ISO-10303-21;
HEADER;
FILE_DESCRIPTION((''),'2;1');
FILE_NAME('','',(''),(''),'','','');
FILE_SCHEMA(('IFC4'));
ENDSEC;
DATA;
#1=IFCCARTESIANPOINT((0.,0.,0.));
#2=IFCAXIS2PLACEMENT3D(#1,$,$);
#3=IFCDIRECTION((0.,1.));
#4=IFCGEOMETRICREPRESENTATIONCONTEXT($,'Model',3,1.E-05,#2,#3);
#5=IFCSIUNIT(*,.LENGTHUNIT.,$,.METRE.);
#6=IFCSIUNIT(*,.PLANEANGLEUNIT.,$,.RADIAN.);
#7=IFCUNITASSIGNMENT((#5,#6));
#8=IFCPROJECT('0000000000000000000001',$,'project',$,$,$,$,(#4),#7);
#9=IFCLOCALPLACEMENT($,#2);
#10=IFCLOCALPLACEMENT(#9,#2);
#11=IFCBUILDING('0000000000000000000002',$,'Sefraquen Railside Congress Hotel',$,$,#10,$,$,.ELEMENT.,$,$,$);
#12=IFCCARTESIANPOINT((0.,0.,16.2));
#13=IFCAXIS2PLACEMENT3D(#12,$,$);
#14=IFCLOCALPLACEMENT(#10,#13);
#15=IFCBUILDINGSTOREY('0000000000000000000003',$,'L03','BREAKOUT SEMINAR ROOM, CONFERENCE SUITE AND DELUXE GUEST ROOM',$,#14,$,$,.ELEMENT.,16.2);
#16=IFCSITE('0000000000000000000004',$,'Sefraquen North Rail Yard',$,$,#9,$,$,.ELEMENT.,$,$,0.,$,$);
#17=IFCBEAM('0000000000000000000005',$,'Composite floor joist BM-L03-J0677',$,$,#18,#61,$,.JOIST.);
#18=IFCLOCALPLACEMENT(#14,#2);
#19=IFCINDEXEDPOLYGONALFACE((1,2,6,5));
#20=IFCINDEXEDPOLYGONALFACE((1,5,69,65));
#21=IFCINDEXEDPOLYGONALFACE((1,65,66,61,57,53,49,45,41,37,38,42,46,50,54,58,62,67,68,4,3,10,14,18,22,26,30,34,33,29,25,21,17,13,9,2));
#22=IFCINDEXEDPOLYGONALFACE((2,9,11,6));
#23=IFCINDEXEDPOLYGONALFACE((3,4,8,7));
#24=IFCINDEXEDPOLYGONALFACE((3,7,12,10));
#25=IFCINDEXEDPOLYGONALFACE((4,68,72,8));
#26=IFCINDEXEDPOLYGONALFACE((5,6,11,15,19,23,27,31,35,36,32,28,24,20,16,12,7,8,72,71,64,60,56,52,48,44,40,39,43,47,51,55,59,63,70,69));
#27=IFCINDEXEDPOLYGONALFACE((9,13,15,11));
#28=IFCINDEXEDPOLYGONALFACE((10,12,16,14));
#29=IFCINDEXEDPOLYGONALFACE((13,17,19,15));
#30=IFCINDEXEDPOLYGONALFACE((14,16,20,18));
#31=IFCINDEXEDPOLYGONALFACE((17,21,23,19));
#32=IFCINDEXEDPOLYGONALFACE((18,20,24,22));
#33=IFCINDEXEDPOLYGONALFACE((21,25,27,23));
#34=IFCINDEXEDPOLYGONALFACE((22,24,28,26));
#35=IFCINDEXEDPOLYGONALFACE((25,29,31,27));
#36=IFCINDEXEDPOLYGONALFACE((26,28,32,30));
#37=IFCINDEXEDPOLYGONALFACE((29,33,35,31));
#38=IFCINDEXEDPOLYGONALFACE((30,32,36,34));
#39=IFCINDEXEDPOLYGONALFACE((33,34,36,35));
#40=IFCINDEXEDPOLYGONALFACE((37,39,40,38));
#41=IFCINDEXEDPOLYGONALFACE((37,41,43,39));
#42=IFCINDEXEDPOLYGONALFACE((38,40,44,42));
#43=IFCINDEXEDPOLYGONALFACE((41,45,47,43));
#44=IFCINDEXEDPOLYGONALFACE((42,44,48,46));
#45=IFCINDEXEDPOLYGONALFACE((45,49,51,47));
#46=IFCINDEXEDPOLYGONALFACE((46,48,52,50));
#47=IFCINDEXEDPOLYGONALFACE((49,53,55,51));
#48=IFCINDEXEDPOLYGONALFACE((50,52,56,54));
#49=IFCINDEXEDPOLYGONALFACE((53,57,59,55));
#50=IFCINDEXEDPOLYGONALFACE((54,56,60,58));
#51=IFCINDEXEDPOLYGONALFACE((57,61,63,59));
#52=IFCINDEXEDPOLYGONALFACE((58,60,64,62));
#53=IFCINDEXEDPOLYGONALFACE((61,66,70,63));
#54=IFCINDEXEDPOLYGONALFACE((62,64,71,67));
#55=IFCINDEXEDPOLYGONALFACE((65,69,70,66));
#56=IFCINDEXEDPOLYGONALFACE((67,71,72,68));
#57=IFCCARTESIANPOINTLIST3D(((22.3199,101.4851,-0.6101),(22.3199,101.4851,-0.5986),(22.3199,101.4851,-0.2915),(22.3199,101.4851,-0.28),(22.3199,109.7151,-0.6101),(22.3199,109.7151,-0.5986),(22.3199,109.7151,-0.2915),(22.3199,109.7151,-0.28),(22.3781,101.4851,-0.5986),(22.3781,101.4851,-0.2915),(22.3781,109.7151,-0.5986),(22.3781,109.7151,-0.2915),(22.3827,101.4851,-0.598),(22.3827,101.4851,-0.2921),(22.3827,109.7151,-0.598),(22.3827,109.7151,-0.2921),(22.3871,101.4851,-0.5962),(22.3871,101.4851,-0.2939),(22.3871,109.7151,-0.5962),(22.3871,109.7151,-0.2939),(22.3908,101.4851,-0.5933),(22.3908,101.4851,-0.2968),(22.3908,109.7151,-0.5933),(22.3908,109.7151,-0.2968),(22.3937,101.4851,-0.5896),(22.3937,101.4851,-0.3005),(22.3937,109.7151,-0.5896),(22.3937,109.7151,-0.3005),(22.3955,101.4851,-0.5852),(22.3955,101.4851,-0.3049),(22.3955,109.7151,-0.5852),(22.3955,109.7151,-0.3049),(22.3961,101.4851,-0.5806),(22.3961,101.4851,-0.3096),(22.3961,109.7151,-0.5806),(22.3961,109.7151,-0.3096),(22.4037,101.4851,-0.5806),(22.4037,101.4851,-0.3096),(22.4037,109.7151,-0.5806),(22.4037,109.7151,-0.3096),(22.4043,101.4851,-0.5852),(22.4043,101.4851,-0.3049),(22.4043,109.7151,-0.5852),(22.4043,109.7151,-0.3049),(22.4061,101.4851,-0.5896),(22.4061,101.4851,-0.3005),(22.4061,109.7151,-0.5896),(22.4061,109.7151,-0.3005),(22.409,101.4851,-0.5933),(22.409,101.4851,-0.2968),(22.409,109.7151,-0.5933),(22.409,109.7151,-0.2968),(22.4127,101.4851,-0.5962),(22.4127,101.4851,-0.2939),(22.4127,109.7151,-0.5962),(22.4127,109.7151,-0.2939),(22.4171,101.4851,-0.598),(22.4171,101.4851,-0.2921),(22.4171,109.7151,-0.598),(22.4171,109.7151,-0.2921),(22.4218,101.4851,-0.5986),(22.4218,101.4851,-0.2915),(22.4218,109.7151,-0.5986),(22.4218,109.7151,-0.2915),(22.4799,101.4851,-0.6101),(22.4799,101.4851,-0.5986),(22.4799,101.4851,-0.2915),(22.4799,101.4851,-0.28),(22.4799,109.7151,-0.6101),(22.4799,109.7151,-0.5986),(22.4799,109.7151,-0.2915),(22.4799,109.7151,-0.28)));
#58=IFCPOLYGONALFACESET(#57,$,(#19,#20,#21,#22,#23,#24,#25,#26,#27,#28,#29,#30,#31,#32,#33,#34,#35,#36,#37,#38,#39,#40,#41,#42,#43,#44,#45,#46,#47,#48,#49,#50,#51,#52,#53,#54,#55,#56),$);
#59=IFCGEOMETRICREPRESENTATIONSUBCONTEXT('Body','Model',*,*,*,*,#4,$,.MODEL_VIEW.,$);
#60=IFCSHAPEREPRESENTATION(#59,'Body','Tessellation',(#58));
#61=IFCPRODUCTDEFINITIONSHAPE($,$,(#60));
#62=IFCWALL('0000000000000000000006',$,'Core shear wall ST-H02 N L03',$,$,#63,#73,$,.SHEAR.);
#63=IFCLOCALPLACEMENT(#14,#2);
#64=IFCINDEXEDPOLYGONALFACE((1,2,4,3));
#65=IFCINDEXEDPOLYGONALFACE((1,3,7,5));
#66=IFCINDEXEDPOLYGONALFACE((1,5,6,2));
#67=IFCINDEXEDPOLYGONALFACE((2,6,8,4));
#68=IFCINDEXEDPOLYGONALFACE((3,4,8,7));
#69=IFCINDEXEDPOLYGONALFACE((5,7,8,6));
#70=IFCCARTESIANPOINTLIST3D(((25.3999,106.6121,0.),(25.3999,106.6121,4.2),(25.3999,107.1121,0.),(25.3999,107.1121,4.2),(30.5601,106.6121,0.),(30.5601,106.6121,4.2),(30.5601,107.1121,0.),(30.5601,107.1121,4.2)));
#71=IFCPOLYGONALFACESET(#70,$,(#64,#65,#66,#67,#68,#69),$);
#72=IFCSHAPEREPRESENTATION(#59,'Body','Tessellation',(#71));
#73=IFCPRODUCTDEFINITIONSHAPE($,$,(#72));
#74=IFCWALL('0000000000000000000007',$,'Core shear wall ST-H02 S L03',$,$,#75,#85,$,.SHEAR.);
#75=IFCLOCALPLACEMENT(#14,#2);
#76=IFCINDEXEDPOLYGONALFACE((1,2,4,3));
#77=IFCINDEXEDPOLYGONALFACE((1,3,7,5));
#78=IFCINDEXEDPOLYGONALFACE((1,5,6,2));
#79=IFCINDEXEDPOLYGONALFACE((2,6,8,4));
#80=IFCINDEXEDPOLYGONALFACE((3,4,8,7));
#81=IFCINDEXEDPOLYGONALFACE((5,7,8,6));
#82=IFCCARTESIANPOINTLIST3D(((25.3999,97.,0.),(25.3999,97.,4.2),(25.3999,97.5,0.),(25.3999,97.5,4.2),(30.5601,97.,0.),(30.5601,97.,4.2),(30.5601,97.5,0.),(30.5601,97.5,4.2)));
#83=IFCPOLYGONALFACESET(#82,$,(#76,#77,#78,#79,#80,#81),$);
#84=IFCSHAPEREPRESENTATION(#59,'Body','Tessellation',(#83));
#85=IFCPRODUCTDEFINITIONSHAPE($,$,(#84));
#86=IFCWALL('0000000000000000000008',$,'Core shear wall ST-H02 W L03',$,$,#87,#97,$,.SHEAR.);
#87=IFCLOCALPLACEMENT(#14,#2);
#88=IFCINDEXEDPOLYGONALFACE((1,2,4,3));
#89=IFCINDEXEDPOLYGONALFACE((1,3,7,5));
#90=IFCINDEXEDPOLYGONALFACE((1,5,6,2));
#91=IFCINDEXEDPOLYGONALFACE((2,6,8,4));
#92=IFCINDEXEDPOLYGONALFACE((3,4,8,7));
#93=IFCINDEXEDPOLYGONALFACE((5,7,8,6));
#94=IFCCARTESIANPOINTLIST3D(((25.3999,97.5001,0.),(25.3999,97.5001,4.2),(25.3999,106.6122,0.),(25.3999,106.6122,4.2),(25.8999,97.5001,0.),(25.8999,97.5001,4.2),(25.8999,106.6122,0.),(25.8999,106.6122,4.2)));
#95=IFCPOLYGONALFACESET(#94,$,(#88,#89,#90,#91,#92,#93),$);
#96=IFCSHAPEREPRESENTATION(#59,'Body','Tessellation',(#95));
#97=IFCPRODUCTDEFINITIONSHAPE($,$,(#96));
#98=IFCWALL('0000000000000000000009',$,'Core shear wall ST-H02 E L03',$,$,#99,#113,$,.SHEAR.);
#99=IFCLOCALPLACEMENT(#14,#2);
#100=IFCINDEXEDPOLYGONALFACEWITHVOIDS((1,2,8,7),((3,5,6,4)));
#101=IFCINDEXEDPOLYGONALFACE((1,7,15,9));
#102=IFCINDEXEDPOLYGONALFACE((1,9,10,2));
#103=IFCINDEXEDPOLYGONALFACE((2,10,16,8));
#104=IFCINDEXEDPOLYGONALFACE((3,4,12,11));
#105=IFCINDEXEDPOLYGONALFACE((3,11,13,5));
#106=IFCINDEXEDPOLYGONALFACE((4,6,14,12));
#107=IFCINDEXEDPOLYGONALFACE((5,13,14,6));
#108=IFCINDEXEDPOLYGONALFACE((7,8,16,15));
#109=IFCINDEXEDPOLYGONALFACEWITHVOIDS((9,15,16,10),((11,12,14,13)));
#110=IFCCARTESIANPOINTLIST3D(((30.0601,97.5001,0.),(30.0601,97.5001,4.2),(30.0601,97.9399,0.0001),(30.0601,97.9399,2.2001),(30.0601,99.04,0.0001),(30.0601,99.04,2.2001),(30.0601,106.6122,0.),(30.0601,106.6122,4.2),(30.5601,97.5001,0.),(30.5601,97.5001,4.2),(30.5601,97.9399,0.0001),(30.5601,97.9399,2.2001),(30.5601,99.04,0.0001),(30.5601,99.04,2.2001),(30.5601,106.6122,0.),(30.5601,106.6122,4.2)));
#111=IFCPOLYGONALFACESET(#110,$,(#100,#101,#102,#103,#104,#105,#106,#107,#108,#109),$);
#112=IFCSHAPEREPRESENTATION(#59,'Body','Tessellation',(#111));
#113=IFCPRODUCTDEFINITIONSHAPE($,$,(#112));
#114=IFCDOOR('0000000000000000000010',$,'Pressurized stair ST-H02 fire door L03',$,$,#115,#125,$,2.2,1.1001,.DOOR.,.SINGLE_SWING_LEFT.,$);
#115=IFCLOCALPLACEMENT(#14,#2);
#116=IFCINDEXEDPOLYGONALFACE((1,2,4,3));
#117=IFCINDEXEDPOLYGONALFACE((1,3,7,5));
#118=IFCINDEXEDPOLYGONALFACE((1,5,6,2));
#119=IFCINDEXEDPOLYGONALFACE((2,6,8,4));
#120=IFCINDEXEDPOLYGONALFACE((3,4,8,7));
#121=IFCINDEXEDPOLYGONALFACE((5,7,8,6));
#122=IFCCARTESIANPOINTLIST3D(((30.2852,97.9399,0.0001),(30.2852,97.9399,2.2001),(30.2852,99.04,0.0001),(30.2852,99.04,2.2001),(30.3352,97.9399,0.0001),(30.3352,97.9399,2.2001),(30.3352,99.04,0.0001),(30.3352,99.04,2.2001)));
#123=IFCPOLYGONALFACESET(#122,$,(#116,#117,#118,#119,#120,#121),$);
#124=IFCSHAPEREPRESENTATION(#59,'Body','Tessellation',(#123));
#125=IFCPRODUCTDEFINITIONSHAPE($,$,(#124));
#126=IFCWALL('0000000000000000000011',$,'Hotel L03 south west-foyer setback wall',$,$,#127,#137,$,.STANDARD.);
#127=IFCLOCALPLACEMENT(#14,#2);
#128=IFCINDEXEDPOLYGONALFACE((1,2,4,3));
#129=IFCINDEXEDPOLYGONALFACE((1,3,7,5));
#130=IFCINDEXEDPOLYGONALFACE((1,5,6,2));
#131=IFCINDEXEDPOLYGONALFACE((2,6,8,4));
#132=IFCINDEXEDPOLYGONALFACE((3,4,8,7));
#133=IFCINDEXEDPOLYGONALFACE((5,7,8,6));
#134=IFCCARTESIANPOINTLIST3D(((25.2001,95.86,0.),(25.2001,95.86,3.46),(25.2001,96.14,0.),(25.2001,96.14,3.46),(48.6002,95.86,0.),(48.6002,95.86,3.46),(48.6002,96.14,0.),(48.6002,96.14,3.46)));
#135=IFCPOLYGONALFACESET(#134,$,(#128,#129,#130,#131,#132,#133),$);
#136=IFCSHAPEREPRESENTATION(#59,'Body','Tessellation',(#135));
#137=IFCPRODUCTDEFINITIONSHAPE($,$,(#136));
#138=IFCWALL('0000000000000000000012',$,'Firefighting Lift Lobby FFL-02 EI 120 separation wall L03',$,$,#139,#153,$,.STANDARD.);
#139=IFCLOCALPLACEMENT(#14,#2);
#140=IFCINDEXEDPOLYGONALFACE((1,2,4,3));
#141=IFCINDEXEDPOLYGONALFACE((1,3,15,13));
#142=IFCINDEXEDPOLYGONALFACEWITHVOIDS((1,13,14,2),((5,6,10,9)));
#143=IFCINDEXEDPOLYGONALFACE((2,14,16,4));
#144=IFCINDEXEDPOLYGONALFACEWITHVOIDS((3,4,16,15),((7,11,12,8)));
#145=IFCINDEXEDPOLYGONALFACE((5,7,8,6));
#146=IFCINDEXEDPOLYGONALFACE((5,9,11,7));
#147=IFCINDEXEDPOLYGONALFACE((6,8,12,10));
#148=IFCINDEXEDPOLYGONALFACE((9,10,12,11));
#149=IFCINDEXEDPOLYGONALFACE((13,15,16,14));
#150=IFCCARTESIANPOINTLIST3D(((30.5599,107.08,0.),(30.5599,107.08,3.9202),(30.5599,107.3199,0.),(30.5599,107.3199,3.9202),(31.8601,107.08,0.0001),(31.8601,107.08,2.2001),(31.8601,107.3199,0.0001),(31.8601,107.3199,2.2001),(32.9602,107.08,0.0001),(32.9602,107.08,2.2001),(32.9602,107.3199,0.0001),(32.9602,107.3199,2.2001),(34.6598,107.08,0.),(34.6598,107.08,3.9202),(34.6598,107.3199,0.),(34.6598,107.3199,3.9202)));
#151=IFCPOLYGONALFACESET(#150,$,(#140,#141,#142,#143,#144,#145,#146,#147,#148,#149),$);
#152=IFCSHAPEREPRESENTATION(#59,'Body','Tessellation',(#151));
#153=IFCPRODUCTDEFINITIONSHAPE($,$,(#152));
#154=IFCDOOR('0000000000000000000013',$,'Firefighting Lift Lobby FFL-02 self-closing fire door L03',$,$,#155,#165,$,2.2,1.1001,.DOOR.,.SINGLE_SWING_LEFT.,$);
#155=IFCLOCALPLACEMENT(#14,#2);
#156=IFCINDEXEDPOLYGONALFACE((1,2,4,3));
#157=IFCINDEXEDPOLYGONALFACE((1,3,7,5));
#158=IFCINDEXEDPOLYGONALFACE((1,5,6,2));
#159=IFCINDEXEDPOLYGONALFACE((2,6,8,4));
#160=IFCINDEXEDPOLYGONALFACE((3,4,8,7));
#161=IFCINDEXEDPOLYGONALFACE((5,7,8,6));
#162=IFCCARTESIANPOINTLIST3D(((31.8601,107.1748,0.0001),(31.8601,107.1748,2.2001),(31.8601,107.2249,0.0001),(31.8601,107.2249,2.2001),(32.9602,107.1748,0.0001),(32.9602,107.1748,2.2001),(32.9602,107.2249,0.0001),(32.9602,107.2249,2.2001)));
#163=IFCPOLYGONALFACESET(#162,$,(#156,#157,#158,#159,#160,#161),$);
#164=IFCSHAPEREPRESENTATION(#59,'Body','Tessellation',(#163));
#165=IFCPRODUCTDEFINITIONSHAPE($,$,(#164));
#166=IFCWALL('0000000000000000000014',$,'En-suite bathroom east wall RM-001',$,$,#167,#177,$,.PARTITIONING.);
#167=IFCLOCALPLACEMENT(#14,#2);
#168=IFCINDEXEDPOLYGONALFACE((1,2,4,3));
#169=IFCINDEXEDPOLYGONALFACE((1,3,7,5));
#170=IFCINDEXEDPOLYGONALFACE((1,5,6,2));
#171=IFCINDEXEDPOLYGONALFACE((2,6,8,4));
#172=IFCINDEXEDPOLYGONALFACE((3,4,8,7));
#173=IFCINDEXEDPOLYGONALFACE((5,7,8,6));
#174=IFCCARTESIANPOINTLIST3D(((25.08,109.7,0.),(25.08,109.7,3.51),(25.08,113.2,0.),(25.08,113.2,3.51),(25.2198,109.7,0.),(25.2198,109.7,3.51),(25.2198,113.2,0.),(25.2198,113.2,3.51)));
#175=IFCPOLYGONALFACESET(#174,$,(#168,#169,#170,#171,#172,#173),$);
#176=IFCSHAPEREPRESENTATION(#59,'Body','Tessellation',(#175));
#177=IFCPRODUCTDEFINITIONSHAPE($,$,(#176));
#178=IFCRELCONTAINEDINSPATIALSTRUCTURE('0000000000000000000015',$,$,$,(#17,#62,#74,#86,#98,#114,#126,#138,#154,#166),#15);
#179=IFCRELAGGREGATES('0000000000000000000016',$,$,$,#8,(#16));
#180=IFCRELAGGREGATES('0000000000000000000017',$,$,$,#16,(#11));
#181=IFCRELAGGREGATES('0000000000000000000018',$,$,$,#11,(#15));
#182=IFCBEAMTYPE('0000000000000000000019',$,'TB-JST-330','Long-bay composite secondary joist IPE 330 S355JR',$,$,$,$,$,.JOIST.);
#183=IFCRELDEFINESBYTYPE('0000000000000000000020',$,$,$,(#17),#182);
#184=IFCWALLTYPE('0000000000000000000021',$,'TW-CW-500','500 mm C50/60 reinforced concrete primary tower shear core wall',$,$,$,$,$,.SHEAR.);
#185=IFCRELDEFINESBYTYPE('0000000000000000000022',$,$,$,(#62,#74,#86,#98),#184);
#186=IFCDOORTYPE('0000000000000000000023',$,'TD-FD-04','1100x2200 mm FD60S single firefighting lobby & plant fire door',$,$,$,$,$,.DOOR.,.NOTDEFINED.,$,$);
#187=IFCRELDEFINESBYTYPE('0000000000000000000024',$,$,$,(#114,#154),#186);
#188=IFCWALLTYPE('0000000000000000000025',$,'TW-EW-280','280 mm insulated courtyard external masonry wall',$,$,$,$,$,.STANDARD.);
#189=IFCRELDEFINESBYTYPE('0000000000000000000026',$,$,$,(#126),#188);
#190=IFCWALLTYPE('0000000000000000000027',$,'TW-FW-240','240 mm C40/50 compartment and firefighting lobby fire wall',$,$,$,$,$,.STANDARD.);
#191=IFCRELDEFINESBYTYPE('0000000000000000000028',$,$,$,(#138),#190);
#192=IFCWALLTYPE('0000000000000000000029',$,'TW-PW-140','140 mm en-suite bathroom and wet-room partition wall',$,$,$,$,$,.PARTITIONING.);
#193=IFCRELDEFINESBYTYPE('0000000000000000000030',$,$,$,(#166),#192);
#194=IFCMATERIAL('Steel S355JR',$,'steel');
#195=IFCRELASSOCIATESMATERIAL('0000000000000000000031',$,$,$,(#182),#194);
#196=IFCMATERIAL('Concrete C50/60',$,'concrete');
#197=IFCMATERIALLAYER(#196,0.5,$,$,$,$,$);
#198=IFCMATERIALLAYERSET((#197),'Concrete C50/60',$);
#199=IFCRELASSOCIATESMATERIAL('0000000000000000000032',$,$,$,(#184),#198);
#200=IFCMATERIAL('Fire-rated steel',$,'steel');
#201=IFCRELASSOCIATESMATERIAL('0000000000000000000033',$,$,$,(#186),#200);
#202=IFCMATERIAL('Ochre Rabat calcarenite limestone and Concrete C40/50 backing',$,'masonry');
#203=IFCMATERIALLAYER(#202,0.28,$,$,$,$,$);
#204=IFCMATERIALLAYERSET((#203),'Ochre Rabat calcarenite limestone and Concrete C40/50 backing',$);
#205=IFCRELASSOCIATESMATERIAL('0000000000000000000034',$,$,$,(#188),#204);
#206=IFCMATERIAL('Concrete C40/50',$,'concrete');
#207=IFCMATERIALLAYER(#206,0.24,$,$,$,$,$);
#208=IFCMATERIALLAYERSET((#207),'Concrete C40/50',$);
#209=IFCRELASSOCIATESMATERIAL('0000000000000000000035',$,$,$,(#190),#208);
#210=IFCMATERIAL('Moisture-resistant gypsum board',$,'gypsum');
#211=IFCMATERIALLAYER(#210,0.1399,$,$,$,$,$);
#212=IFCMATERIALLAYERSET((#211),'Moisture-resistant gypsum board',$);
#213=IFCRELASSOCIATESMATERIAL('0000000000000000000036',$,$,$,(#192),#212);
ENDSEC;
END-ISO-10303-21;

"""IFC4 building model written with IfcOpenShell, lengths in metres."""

from ifc_helpers import new_model, si_unit, direction, frame, frame_2d, origin, origin_2d, place, context, subcontext, project, spatial, rectangle, i_section, extrude, material, layer, layer_set, material_profile, profile_set, type_object, element, fill, save


model = new_model("IFC4")

# Units and contexts
model_context = context("Model", 3, precision=1e-05, world=origin(), true_north=direction((0.0, 1.0)))
body_context = subcontext(model_context, "Body", "Model", "MODEL_VIEW")
ifc_project = project(units=[si_unit("LENGTHUNIT", "METRE"), si_unit("PLANEANGLEUNIT", "RADIAN")], contexts=[model_context])

# Site, building, storey
site_placement = place(None, origin())
site = spatial("IfcSite", under=ifc_project, at=site_placement, Name="Sefraquen North Rail Yard", CompositionType="ELEMENT", RefElevation=0.0)
building_placement = place(site_placement, origin())
building = spatial("IfcBuilding", under=site, at=building_placement, Name="Sefraquen Railside Congress Hotel", CompositionType="ELEMENT")
storey_placement = place(building_placement, frame((0.0, 0.0, 16.2)))
storey = spatial("IfcBuildingStorey", under=building, at=storey_placement, Name="L03", Description="BREAKOUT SEMINAR ROOM, CONFERENCE SUITE AND DELUXE GUEST ROOM", CompositionType="ELEMENT", Elevation=16.2)

# Shared definitions
ifc_material_1 = material(Name="Steel S355JR", Category="steel")

# Beam
ifc_material_profile_1 = material_profile(ifc_material_1, i_section(OverallWidth=0.1599, OverallDepth=0.3301, WebThickness=0.0076, FlangeThickness=0.0115, FilletRadius=0.0181, at=origin_2d()), Name="IPE 330")
ifc_profile_set_1 = profile_set([ifc_material_profile_1], Name="Steel S355JR")
beam_type_1 = type_object("IfcBeamType", Name="TB-JST-330", Description="Long-bay composite secondary joist IPE 330 S355JR", PredefinedType="JOIST", material=ifc_profile_set_1)
for number, where, z_axis, x_axis, name in (
    (1, (22.3999, 101.4851, -0.4451), (0.0, 1.0, 0.0), (-1.0, 0.0, 0.0), "Composite floor joist BM-L03-J0677"),
):
    element("IfcBeam", number, at=place(storey_placement, frame(where, z_axis=z_axis, x_axis=x_axis)), inside=storey, type_object=beam_type_1, Name=name, PredefinedType="JOIST", context=body_context, shape_type="SweptSolid", body=[
        extrude(i_section(OverallWidth=0.1599, OverallDepth=0.3301, WebThickness=0.0076, FlangeThickness=0.0115, FilletRadius=0.0181, at=origin_2d()), origin(), (0.0, 0.0, 1.0), 8.23),
    ])

# Walls
ifc_material_2 = material(Name="Concrete C50/60", Category="concrete")
ifc_layer_1 = layer(ifc_material_2, 0.5)
ifc_layer_set_1 = layer_set([ifc_layer_1], Name="Concrete C50/60")
wall_type_1 = type_object("IfcWallType", Name="TW-CW-500", Description="500 mm C50/60 reinforced concrete primary tower shear core wall", PredefinedType="SHEAR", material=ifc_layer_set_1)
for number, where, z_axis, x_axis, name in (
    (2, (25.3999, 106.8621, 0.0), (0.0, 0.0, 1.0), (1.0, 0.0, 0.0), "Core shear wall ST-H02 N L03"),
    (3, (25.3999, 97.25, 0.0), (0.0, 0.0, 1.0), (1.0, 0.0, 0.0), "Core shear wall ST-H02 S L03"),
):
    element("IfcWall", number, at=place(storey_placement, frame(where, z_axis=z_axis, x_axis=x_axis)), inside=storey, type_object=wall_type_1, Name=name, PredefinedType="SHEAR", context=body_context, shape_type="SweptSolid", body=[
        extrude(rectangle(XDim=5.1602, YDim=0.5, at=frame_2d((2.5801, 0.0))), origin(), (0.0, 0.0, 1.0), 4.2),
    ])
wall_1_placement = place(storey_placement, frame((25.6499, 97.5, 0.0), z_axis=(0.0, 0.0, 1.0), x_axis=(0.0, 1.0, 0.0)))
element("IfcWall", 4, at=wall_1_placement, inside=storey, type_object=wall_type_1, Name="Core shear wall ST-H02 W L03", PredefinedType="SHEAR", context=body_context, shape_type="SweptSolid", body=[
    extrude(rectangle(XDim=9.1121, YDim=0.5, at=frame_2d((4.5562, 0.0))), origin(), (0.0, 0.0, 1.0), 4.2),
])

# Wall, opening, door
wall_2_placement = place(storey_placement, frame((30.3101, 97.5, 0.0), z_axis=(0.0, 0.0, 1.0), x_axis=(0.0, 1.0, 0.0)))
wall_2 = element("IfcWall", 5, at=wall_2_placement, inside=storey, type_object=wall_type_1, Name="Core shear wall ST-H02 E L03", PredefinedType="SHEAR", context=body_context, shape_type="SweptSolid", body=[
    extrude(rectangle(XDim=9.1121, YDim=0.5, at=frame_2d((4.5562, 0.0))), origin(), (0.0, 0.0, 1.0), 4.2),
])
opening_1_placement = place(wall_2_placement, frame((0.4399, 0.0, 0.0)))
opening_1 = element("IfcOpeningElement", 6, at=opening_1_placement, cuts=wall_2, PredefinedType="OPENING", context=body_context, shape_type="SweptSolid", body=[
    extrude(rectangle(XDim=1.1001, YDim=2.2, at=frame_2d((0.55, 1.1001))), frame((0.0, 0.26, 0.0), z_axis=(0.0, -1.0, 0.0), x_axis=(1.0, 0.0, 0.0)), (0.0, 0.0, 1.0), 0.52),
])
ifc_material_3 = material(Name="Fire-rated steel", Category="steel")
door_type = type_object("IfcDoorType", Name="TD-FD-04", Description="1100x2200 mm FD60S single firefighting lobby & plant fire door", OperationType="NOTDEFINED", PredefinedType="DOOR", material=ifc_material_3)
door_1_placement = place(opening_1_placement, origin())
door_1 = element("IfcDoor", 7, at=door_1_placement, inside=storey, type_object=door_type, Name="Pressurized stair ST-H02 fire door L03", OperationType="SINGLE_SWING_LEFT", OverallHeight=2.2, OverallWidth=1.1001, PredefinedType="DOOR", context=body_context, shape_type="SweptSolid", body=[
    extrude(rectangle(XDim=1.1001, YDim=2.2, at=frame_2d((0.55, 1.1001))), frame((0.0, 0.0249, 0.0), z_axis=(0.0, -1.0, 0.0), x_axis=(1.0, 0.0, 0.0)), (0.0, 0.0, 1.0), 0.05),
])
fill(opening_1, door_1)

# Wall
ifc_material_4 = material(Name="Ochre Rabat calcarenite limestone and Concrete C40/50 backing", Category="masonry")
ifc_layer_2 = layer(ifc_material_4, 0.28)
ifc_layer_set_2 = layer_set([ifc_layer_2], Name="Ochre Rabat calcarenite limestone and Concrete C40/50 backing")
wall_type_2 = type_object("IfcWallType", Name="TW-EW-280", Description="280 mm insulated courtyard external masonry wall", PredefinedType="STANDARD", material=ifc_layer_set_2)
wall_3_placement = place(storey_placement, frame((25.2, 96.0, 0.0), z_axis=(0.0, 0.0, 1.0), x_axis=(1.0, 0.0, 0.0)))
element("IfcWall", 8, at=wall_3_placement, inside=storey, type_object=wall_type_2, Name="Hotel L03 south west-foyer setback wall", PredefinedType="STANDARD", context=body_context, shape_type="SweptSolid", body=[
    extrude(rectangle(XDim=23.4001, YDim=0.28, at=frame_2d((11.7002, 0.0))), origin(), (0.0, 0.0, 1.0), 3.46),
])

# Wall, opening, door
ifc_material_5 = material(Name="Concrete C40/50", Category="concrete")
ifc_layer_3 = layer(ifc_material_5, 0.24)
ifc_layer_set_3 = layer_set([ifc_layer_3], Name="Concrete C40/50")
wall_type_3 = type_object("IfcWallType", Name="TW-FW-240", Description="240 mm C40/50 compartment and firefighting lobby fire wall", PredefinedType="STANDARD", material=ifc_layer_set_3)
wall_4_placement = place(storey_placement, frame((30.5601, 107.2, 0.0), z_axis=(0.0, 0.0, 1.0), x_axis=(1.0, 0.0, 0.0)))
wall_4 = element("IfcWall", 9, at=wall_4_placement, inside=storey, type_object=wall_type_3, Name="Firefighting Lift Lobby FFL-02 EI 120 separation wall L03", PredefinedType="STANDARD", context=body_context, shape_type="SweptSolid", body=[
    extrude(rectangle(XDim=4.0999, YDim=0.24, at=frame_2d((2.0498, 0.0))), origin(), (0.0, 0.0, 1.0), 3.9202),
])
opening_2_placement = place(wall_4_placement, frame((1.3, 0.0, 0.0)))
opening_2 = element("IfcOpeningElement", 10, at=opening_2_placement, cuts=wall_4, PredefinedType="OPENING", context=body_context, shape_type="SweptSolid", body=[
    extrude(rectangle(XDim=1.1001, YDim=2.2, at=frame_2d((0.55, 1.1001))), frame((0.0, 0.1299, 0.0), z_axis=(0.0, -1.0, 0.0), x_axis=(1.0, 0.0, 0.0)), (0.0, 0.0, 1.0), 0.26),
])
door_2_placement = place(opening_2_placement, origin())
door_2 = element("IfcDoor", 11, at=door_2_placement, inside=storey, type_object=door_type, Name="Firefighting Lift Lobby FFL-02 self-closing fire door L03", OperationType="SINGLE_SWING_LEFT", OverallHeight=2.2, OverallWidth=1.1001, PredefinedType="DOOR", context=body_context, shape_type="SweptSolid", body=[
    extrude(rectangle(XDim=1.1001, YDim=2.2, at=frame_2d((0.55, 1.1001))), frame((0.0, 0.0249, 0.0), z_axis=(0.0, -1.0, 0.0), x_axis=(1.0, 0.0, 0.0)), (0.0, 0.0, 1.0), 0.05),
])
fill(opening_2, door_2)

# Wall
ifc_material_6 = material(Name="Moisture-resistant gypsum board", Category="gypsum")
ifc_layer_4 = layer(ifc_material_6, 0.1399)
ifc_layer_set_4 = layer_set([ifc_layer_4], Name="Moisture-resistant gypsum board")
wall_type_4 = type_object("IfcWallType", Name="TW-PW-140", Description="140 mm en-suite bathroom and wet-room partition wall", PredefinedType="PARTITIONING", material=ifc_layer_set_4)
wall_5_placement = place(storey_placement, frame((25.1499, 109.7, 0.0), z_axis=(0.0, 0.0, 1.0), x_axis=(0.0, 1.0, 0.0)))
element("IfcWall", 12, at=wall_5_placement, inside=storey, type_object=wall_type_4, Name="En-suite bathroom east wall RM-001", PredefinedType="PARTITIONING", context=body_context, shape_type="SweptSolid", body=[
    extrude(rectangle(XDim=3.5, YDim=0.1399, at=frame_2d((1.75, 0.0))), origin(), (0.0, 0.0, 1.0), 3.51),
])

save(model, "model.ifc")
